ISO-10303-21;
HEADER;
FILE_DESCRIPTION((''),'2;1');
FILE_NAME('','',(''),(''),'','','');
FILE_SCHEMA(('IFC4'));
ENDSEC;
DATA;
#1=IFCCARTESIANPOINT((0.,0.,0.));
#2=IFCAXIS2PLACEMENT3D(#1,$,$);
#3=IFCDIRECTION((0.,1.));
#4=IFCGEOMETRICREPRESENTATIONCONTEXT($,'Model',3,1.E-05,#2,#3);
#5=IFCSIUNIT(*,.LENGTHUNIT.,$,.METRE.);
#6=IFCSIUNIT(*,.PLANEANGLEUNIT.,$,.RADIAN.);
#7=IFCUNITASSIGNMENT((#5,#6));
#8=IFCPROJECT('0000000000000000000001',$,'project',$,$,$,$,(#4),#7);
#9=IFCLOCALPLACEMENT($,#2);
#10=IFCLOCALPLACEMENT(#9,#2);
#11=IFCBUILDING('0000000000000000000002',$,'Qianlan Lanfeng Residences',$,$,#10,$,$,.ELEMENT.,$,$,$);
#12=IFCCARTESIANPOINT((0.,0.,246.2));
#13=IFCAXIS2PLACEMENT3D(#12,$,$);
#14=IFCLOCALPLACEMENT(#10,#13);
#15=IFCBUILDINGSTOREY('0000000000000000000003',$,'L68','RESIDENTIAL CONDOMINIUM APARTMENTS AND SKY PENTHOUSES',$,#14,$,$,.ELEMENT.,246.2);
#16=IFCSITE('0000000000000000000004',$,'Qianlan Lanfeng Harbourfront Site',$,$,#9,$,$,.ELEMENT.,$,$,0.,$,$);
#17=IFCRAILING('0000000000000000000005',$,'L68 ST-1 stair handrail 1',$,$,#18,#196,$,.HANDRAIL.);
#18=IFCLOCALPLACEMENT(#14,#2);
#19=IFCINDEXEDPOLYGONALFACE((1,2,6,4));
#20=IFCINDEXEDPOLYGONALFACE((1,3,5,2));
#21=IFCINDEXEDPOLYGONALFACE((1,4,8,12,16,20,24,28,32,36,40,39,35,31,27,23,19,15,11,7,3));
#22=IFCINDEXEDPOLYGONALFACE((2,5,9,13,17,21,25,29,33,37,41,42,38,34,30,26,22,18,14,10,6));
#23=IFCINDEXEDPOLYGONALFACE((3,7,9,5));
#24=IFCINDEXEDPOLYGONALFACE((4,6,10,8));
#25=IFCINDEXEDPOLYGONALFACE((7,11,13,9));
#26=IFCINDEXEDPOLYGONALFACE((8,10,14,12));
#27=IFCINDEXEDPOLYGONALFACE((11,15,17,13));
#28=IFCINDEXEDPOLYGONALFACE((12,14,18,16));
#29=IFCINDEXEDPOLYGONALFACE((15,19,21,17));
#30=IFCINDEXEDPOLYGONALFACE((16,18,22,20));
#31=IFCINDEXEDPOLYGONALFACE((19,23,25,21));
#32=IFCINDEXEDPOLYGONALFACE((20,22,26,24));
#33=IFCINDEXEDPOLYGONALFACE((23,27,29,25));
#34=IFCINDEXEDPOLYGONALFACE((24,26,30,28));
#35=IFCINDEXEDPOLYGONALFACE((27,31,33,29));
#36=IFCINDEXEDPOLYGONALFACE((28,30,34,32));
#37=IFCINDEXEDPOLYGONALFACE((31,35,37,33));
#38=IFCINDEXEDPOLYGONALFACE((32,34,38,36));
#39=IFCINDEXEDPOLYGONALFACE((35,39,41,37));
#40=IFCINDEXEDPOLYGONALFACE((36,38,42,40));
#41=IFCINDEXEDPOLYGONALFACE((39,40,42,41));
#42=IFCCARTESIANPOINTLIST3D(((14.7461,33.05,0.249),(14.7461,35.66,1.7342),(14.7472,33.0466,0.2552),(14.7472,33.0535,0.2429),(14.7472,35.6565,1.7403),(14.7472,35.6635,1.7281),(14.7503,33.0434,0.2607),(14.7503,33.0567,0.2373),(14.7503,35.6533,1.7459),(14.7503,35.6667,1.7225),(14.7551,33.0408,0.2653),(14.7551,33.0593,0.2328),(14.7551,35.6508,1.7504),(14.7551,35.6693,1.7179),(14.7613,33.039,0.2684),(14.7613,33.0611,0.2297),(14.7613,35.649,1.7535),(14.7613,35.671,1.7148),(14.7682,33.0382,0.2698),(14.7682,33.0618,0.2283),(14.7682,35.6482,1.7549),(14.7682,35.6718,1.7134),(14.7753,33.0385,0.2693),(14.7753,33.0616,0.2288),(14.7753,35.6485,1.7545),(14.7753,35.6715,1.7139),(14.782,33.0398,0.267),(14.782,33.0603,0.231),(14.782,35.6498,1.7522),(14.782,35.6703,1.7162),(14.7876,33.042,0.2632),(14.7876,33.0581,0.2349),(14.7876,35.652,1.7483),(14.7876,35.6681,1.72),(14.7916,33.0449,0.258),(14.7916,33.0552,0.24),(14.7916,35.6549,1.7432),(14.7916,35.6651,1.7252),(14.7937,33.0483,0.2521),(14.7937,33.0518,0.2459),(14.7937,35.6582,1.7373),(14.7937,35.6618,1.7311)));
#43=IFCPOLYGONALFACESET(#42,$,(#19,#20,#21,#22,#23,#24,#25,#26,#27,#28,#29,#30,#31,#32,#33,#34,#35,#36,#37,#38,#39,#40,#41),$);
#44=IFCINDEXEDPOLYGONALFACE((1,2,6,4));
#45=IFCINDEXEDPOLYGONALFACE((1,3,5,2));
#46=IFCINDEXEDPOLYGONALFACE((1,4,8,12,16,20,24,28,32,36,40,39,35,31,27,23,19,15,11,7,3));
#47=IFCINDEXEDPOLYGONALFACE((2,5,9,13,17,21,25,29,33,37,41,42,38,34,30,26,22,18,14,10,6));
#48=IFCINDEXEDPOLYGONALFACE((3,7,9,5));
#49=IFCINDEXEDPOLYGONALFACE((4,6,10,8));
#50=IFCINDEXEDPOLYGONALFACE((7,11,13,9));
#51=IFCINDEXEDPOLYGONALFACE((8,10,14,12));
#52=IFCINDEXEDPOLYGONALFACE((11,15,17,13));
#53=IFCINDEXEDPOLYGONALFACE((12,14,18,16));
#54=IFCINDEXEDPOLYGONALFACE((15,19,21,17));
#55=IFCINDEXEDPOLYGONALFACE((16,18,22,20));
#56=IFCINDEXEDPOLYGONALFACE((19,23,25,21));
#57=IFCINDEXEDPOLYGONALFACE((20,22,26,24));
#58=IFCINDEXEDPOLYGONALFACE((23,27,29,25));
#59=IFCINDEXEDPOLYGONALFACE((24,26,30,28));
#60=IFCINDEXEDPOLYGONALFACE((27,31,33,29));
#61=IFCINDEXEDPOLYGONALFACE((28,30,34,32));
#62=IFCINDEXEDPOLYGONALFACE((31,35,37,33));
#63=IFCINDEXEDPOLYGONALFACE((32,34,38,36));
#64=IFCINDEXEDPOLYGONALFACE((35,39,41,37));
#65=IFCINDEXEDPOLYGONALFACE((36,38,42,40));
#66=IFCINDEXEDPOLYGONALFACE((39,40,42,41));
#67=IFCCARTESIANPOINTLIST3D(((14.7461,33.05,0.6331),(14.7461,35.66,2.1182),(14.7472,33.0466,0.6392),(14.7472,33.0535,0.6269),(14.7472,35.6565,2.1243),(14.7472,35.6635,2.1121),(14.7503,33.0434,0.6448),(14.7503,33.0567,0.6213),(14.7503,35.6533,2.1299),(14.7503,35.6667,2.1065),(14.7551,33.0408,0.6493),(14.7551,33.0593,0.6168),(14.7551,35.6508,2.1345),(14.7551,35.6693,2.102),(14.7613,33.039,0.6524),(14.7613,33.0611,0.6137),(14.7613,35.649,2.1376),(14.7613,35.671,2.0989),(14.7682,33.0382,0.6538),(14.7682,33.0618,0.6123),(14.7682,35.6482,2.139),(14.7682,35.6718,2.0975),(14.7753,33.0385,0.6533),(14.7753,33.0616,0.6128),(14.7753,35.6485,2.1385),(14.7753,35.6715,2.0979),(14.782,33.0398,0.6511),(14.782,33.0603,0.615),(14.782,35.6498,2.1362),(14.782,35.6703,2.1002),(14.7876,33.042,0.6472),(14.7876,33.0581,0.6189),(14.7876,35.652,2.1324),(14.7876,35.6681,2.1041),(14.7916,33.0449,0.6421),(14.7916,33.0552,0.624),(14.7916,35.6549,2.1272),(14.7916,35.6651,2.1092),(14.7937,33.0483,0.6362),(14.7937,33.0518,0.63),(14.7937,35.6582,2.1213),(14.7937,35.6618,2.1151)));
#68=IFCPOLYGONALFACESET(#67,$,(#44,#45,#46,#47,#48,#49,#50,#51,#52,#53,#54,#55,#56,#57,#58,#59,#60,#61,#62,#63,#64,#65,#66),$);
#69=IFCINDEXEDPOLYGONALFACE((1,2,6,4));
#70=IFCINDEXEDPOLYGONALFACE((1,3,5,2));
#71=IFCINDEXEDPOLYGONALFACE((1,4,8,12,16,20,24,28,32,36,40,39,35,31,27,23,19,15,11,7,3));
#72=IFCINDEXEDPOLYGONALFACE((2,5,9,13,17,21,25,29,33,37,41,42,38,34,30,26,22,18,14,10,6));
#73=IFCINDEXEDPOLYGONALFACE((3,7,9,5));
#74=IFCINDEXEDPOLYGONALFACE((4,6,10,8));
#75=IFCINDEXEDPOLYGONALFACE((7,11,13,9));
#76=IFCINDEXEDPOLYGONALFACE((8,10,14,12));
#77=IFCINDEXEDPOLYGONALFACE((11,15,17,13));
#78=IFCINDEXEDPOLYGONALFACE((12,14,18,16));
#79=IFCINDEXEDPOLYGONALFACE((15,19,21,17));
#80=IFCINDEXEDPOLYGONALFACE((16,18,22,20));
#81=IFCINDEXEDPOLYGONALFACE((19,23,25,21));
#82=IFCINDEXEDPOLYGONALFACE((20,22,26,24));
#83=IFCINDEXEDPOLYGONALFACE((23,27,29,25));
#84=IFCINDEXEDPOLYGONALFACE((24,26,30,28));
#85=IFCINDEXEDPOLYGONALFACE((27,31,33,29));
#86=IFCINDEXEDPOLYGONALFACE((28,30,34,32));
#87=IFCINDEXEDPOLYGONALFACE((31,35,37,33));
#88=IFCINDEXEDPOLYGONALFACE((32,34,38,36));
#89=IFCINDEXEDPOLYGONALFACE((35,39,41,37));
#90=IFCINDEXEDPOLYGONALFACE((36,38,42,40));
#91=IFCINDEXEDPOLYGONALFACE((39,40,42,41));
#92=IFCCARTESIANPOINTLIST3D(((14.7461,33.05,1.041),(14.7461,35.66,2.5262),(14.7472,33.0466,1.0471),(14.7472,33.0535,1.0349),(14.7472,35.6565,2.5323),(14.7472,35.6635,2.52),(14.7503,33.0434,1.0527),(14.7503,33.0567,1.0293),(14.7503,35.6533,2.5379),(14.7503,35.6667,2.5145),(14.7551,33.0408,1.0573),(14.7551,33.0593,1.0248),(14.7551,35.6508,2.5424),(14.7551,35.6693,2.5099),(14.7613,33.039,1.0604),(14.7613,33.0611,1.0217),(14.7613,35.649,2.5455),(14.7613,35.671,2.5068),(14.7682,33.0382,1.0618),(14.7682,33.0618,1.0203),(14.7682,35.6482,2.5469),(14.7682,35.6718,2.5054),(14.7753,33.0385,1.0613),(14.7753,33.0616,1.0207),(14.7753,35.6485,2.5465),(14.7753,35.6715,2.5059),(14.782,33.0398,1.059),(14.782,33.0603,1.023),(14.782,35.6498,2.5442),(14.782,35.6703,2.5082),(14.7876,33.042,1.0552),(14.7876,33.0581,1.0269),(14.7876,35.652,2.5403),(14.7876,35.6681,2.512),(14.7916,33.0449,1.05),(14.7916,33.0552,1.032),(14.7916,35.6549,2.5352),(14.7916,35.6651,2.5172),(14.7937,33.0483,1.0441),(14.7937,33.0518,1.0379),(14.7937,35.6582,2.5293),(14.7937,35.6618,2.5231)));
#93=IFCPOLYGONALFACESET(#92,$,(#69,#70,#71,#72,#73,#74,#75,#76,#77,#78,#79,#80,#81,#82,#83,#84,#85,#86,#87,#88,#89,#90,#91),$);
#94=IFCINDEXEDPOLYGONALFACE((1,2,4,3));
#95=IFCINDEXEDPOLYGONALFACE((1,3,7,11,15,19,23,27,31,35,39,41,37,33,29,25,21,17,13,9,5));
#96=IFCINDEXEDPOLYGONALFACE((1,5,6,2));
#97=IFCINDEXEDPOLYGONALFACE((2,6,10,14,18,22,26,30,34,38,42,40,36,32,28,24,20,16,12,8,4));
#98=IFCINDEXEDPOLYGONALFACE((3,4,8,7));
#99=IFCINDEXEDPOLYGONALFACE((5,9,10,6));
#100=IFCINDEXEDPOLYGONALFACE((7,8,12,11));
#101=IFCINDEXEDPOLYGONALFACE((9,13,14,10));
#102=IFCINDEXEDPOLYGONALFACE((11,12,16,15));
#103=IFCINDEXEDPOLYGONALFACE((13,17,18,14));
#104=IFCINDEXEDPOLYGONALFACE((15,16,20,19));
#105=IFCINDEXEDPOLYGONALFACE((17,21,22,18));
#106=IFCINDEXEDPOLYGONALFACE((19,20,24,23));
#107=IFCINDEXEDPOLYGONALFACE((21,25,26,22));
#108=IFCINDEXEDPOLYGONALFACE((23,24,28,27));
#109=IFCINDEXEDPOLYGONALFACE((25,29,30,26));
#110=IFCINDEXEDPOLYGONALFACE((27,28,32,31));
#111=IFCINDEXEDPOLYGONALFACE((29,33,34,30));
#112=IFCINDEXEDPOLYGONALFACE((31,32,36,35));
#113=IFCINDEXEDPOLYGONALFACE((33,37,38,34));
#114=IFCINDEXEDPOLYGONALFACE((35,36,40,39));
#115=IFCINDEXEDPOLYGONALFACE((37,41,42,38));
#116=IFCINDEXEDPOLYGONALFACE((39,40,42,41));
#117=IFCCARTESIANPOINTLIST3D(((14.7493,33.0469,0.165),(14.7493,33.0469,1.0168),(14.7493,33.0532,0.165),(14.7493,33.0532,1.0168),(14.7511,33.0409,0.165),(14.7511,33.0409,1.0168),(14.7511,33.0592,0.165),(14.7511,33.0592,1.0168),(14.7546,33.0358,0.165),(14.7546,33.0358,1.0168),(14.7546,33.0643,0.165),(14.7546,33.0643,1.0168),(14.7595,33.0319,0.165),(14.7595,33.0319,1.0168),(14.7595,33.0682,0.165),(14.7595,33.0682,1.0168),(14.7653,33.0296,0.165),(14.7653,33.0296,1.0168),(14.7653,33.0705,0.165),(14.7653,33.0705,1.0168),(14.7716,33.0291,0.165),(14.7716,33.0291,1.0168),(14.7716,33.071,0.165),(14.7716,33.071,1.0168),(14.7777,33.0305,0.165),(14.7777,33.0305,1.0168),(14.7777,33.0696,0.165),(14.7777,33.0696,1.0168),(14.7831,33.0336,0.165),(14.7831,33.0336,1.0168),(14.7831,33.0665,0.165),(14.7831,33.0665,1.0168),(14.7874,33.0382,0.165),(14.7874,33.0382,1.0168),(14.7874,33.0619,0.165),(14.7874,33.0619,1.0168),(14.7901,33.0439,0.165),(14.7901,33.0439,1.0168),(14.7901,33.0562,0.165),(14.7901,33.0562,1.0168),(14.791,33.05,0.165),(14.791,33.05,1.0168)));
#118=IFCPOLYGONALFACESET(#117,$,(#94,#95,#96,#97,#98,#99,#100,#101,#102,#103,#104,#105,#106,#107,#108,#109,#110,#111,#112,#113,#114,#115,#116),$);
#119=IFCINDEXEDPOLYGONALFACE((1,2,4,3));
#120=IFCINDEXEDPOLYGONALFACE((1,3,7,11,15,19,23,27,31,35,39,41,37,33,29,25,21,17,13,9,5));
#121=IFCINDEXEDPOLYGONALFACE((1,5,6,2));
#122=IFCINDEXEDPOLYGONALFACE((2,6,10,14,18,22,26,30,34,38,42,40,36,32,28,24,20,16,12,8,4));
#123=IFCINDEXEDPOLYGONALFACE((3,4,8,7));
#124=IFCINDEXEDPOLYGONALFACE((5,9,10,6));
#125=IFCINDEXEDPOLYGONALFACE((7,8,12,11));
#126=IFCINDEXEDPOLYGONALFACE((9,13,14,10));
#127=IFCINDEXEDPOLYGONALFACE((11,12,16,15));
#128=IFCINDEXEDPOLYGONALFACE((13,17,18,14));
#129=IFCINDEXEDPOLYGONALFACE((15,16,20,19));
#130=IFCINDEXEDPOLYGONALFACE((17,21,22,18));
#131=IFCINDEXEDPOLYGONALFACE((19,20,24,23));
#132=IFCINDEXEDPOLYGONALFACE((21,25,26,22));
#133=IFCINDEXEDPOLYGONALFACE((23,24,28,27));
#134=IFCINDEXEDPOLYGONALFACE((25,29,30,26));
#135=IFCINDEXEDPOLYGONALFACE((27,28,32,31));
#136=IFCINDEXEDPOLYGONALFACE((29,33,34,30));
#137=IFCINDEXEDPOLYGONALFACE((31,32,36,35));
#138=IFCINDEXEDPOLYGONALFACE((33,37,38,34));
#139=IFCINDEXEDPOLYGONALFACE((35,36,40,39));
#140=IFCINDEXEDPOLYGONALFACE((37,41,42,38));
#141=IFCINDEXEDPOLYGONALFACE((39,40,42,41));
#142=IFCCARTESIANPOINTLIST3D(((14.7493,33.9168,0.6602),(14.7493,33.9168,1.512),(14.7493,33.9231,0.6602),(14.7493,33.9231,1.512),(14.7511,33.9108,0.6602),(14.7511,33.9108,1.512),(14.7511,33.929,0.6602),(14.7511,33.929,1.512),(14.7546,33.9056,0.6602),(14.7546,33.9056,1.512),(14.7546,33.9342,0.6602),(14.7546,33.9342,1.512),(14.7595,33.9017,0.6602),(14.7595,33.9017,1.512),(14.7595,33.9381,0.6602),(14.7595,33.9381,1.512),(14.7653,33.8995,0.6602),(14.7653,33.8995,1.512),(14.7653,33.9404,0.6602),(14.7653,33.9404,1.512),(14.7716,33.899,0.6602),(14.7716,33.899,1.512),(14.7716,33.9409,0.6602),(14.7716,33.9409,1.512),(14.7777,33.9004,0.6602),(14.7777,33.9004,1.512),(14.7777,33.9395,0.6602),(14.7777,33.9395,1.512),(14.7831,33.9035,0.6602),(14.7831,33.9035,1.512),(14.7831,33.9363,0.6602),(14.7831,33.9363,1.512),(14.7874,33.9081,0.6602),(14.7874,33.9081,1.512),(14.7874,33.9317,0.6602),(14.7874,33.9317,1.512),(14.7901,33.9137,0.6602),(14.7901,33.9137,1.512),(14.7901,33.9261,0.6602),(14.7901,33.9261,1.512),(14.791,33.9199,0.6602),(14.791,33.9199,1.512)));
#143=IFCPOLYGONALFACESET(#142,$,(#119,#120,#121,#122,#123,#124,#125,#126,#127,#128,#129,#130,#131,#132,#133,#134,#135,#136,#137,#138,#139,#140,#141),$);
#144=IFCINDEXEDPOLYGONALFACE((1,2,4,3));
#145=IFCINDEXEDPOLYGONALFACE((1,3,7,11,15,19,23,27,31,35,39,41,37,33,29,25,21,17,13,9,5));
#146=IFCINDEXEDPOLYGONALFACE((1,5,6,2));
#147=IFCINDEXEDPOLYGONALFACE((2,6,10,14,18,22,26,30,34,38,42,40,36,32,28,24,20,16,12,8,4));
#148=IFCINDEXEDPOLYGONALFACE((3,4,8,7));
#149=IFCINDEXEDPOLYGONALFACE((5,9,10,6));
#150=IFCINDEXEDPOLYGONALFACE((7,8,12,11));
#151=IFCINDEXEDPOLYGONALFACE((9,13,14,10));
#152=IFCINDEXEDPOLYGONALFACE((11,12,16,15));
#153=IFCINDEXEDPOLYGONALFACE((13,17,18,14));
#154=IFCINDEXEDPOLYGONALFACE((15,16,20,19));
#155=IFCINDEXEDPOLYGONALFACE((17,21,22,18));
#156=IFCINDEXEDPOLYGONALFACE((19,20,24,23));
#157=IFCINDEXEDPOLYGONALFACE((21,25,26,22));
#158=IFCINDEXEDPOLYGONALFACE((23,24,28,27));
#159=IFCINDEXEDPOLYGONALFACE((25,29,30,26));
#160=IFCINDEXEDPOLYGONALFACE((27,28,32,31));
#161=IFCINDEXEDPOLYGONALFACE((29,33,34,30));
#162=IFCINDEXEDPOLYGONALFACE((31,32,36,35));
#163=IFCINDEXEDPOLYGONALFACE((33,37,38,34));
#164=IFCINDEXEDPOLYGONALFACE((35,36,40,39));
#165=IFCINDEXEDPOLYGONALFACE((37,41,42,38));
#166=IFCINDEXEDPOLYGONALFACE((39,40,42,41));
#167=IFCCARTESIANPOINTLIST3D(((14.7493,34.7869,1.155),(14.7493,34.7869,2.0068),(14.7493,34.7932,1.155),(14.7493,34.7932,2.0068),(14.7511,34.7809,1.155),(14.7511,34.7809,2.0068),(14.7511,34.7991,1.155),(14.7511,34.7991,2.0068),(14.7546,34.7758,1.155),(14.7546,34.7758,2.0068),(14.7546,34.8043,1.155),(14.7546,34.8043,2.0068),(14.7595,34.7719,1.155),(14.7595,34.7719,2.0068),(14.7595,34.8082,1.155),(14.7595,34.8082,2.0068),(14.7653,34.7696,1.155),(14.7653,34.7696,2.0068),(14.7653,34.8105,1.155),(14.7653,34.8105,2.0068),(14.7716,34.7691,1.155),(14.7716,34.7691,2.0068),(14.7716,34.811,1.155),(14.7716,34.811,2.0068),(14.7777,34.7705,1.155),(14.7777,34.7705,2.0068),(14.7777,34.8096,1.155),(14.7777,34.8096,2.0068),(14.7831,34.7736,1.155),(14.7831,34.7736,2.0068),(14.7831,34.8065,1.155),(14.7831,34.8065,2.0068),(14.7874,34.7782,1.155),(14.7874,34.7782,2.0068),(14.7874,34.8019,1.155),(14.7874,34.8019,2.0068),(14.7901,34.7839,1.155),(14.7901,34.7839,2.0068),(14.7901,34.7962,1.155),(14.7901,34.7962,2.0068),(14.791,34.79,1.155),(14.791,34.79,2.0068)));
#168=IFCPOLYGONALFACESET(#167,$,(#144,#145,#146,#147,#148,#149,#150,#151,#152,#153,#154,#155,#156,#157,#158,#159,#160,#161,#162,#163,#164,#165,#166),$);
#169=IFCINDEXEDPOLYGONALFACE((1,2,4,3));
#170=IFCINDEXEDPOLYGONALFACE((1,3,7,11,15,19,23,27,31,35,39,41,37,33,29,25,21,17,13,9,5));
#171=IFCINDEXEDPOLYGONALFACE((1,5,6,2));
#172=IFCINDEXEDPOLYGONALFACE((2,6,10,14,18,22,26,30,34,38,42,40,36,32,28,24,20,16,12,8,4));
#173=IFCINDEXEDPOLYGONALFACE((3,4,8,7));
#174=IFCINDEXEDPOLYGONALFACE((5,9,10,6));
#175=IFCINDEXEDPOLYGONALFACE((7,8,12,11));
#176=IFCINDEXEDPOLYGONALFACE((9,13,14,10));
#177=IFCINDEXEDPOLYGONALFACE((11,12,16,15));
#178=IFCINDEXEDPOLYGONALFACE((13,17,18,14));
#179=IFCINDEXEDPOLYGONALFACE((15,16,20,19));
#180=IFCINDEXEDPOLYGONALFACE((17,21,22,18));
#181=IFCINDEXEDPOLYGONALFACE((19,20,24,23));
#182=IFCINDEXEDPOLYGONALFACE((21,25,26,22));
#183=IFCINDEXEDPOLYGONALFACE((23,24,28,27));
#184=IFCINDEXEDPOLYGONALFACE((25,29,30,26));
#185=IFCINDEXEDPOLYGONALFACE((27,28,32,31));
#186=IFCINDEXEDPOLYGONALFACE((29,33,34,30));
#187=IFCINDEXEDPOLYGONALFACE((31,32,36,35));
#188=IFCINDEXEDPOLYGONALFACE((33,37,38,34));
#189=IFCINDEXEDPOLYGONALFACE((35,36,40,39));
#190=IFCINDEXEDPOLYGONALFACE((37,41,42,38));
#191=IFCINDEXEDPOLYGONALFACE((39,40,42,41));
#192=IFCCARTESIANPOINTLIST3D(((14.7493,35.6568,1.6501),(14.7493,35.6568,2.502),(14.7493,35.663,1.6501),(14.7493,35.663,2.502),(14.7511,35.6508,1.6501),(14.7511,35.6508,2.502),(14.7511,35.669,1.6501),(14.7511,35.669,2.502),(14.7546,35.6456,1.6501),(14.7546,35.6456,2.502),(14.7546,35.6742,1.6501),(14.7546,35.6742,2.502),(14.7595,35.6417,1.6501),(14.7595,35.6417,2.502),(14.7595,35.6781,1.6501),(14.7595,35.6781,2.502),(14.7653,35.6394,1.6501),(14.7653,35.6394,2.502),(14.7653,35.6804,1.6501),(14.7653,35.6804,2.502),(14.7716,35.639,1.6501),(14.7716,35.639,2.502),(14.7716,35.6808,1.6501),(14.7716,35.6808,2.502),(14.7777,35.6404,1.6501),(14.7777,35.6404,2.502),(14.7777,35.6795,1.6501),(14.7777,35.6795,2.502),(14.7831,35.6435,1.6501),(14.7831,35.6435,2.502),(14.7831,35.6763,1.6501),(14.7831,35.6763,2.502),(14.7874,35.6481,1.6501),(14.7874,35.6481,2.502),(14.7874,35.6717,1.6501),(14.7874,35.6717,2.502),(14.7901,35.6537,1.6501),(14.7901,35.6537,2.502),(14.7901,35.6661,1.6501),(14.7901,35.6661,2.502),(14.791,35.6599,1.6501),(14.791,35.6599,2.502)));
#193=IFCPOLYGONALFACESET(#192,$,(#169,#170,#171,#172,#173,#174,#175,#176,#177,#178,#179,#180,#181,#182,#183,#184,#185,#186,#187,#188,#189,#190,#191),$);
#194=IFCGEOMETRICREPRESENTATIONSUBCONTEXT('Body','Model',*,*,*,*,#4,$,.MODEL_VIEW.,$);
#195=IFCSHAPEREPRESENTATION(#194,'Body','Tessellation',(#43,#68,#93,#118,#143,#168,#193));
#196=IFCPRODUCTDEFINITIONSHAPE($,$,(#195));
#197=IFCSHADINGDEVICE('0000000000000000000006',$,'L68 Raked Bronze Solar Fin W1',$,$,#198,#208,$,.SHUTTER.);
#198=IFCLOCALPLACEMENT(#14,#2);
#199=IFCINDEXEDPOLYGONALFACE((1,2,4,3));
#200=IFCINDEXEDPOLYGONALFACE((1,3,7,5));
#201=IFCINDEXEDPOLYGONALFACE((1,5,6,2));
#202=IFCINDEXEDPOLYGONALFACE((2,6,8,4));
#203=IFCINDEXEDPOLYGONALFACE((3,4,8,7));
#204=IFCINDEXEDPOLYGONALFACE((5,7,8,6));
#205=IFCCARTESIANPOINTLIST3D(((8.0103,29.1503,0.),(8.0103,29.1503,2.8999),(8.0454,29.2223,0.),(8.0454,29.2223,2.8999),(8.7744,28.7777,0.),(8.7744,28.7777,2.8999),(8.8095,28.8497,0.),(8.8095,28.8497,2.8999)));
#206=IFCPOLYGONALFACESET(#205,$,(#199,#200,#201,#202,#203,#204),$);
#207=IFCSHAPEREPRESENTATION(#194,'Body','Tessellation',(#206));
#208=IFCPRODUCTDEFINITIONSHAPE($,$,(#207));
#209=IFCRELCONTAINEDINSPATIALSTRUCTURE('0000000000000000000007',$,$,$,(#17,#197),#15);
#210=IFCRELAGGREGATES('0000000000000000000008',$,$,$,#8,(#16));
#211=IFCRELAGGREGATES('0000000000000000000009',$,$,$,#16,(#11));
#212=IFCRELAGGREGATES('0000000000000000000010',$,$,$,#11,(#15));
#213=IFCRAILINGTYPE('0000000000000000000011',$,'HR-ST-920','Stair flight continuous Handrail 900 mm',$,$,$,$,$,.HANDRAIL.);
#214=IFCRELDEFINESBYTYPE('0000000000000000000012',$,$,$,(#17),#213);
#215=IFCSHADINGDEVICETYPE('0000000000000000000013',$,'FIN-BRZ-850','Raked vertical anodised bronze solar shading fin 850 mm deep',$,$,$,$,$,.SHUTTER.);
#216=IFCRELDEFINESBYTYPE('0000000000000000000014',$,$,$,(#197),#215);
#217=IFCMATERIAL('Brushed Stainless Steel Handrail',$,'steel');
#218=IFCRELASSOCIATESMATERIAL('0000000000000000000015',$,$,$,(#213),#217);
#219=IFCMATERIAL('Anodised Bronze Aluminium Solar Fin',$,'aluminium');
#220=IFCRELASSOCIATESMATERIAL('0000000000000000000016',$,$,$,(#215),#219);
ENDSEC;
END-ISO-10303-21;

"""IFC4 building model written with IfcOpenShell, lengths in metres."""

from ifc_helpers import new_model, si_unit, direction, frame, origin, origin_2d, place, context, subcontext, project, spatial, rectangle, circle, extrude, source, transform, mapped, material, type_object, element, save


model = new_model("IFC4")

# Units and contexts
model_context = context("Model", 3, precision=1e-05, world=origin(), true_north=direction((0.0, 1.0)))
body_context = subcontext(model_context, "Body", "Model", "MODEL_VIEW")
ifc_project = project(units=[si_unit("LENGTHUNIT", "METRE"), si_unit("PLANEANGLEUNIT", "RADIAN")], contexts=[model_context])

# Site, building, storey
site_placement = place(None, origin())
site = spatial("IfcSite", under=ifc_project, at=site_placement, Name="Qianlan Lanfeng Harbourfront Site", CompositionType="ELEMENT", RefElevation=0.0)
building_placement = place(site_placement, origin())
building = spatial("IfcBuilding", under=site, at=building_placement, Name="Qianlan Lanfeng Residences", CompositionType="ELEMENT")
storey_placement = place(building_placement, frame((0.0, 0.0, 246.2)))
storey = spatial("IfcBuildingStorey", under=building, at=storey_placement, Name="L68", Description="RESIDENTIAL CONDOMINIUM APARTMENTS AND SKY PENTHOUSES", CompositionType="ELEMENT", Elevation=246.2)

# Railing
ifc_material_1 = material(Name="Brushed Stainless Steel Handrail", Category="steel")
railing_type_1 = type_object("IfcRailingType", Name="HR-ST-920", Description="Stair flight continuous Handrail 900 mm", PredefinedType="HANDRAIL", material=ifc_material_1)
railing_1_placement = place(storey_placement, frame((14.77, 33.05, 0.165)))
element("IfcRailing", 1, at=railing_1_placement, inside=storey, type_object=railing_type_1, Name="L68 ST-1 stair handrail 1", PredefinedType="HANDRAIL", context=body_context, shape_type="SweptSolid", body=[
    extrude(circle(Radius=0.0239, at=origin_2d()), frame((0.0, 0.0, 0.084), z_axis=(0.0, 0.869137, 0.494571), x_axis=(-1.0, 0.0, 0.0)), (0.0, 0.0, 1.0), 3.0029),
    extrude(circle(Radius=0.0239, at=origin_2d()), frame((0.0, 0.0, 0.468), z_axis=(0.0, 0.869137, 0.494571), x_axis=(-1.0, 0.0, 0.0)), (0.0, 0.0, 1.0), 3.0029),
    extrude(circle(Radius=0.0239, at=origin_2d()), frame((0.0, 0.0, 0.876), z_axis=(0.0, 0.869137, 0.494571), x_axis=(-1.0, 0.0, 0.0)), (0.0, 0.0, 1.0), 3.0029),
    extrude(circle(Radius=0.021, at=origin_2d()), origin(), (0.0, 0.0, 1.0), 0.8518),
    extrude(circle(Radius=0.021, at=origin_2d()), frame((0.0, 0.8699, 0.4951)), (0.0, 0.0, 1.0), 0.8518),
    extrude(circle(Radius=0.021, at=origin_2d()), frame((0.0, 1.74, 0.99)), (0.0, 0.0, 1.0), 0.8518),
    extrude(circle(Radius=0.021, at=origin_2d()), frame((0.0, 2.6099, 1.4851)), (0.0, 0.0, 1.0), 0.8518),
])

# Shading device
ifc_material_2 = material(Name="Anodised Bronze Aluminium Solar Fin", Category="aluminium")
shading_device_type = type_object("IfcShadingDeviceType", Name="FIN-BRZ-850", Description="Raked vertical anodised bronze solar shading fin 850 mm deep", PredefinedType="SHUTTER", material=ifc_material_2)
shared_shape_1 = source(origin(), body_context, "Body", "SweptSolid", [
    extrude(rectangle(XDim=0.8501, YDim=0.0801, at=origin_2d()), origin(), (0.0, 0.0, 1.0), 2.8999),
])
for number, where, z_axis, x_axis, name in (
    (2, (8.4099, 29.0, 0.0), (0.0, 0.0, 1.0), (0.898794, -0.438371, 0.0), "L68 Raked Bronze Solar Fin W1"),
):
    element("IfcShadingDevice", number, at=place(storey_placement, frame(where, z_axis=z_axis, x_axis=x_axis)), inside=storey, type_object=shading_device_type, Name=name, PredefinedType="SHUTTER", context=body_context, shape_type="MappedRepresentation", body=[
        mapped(shared_shape_1, transform((0.0, 0.0, 0.0), scale=1.0)),
    ])

save(model, "model.ifc")
